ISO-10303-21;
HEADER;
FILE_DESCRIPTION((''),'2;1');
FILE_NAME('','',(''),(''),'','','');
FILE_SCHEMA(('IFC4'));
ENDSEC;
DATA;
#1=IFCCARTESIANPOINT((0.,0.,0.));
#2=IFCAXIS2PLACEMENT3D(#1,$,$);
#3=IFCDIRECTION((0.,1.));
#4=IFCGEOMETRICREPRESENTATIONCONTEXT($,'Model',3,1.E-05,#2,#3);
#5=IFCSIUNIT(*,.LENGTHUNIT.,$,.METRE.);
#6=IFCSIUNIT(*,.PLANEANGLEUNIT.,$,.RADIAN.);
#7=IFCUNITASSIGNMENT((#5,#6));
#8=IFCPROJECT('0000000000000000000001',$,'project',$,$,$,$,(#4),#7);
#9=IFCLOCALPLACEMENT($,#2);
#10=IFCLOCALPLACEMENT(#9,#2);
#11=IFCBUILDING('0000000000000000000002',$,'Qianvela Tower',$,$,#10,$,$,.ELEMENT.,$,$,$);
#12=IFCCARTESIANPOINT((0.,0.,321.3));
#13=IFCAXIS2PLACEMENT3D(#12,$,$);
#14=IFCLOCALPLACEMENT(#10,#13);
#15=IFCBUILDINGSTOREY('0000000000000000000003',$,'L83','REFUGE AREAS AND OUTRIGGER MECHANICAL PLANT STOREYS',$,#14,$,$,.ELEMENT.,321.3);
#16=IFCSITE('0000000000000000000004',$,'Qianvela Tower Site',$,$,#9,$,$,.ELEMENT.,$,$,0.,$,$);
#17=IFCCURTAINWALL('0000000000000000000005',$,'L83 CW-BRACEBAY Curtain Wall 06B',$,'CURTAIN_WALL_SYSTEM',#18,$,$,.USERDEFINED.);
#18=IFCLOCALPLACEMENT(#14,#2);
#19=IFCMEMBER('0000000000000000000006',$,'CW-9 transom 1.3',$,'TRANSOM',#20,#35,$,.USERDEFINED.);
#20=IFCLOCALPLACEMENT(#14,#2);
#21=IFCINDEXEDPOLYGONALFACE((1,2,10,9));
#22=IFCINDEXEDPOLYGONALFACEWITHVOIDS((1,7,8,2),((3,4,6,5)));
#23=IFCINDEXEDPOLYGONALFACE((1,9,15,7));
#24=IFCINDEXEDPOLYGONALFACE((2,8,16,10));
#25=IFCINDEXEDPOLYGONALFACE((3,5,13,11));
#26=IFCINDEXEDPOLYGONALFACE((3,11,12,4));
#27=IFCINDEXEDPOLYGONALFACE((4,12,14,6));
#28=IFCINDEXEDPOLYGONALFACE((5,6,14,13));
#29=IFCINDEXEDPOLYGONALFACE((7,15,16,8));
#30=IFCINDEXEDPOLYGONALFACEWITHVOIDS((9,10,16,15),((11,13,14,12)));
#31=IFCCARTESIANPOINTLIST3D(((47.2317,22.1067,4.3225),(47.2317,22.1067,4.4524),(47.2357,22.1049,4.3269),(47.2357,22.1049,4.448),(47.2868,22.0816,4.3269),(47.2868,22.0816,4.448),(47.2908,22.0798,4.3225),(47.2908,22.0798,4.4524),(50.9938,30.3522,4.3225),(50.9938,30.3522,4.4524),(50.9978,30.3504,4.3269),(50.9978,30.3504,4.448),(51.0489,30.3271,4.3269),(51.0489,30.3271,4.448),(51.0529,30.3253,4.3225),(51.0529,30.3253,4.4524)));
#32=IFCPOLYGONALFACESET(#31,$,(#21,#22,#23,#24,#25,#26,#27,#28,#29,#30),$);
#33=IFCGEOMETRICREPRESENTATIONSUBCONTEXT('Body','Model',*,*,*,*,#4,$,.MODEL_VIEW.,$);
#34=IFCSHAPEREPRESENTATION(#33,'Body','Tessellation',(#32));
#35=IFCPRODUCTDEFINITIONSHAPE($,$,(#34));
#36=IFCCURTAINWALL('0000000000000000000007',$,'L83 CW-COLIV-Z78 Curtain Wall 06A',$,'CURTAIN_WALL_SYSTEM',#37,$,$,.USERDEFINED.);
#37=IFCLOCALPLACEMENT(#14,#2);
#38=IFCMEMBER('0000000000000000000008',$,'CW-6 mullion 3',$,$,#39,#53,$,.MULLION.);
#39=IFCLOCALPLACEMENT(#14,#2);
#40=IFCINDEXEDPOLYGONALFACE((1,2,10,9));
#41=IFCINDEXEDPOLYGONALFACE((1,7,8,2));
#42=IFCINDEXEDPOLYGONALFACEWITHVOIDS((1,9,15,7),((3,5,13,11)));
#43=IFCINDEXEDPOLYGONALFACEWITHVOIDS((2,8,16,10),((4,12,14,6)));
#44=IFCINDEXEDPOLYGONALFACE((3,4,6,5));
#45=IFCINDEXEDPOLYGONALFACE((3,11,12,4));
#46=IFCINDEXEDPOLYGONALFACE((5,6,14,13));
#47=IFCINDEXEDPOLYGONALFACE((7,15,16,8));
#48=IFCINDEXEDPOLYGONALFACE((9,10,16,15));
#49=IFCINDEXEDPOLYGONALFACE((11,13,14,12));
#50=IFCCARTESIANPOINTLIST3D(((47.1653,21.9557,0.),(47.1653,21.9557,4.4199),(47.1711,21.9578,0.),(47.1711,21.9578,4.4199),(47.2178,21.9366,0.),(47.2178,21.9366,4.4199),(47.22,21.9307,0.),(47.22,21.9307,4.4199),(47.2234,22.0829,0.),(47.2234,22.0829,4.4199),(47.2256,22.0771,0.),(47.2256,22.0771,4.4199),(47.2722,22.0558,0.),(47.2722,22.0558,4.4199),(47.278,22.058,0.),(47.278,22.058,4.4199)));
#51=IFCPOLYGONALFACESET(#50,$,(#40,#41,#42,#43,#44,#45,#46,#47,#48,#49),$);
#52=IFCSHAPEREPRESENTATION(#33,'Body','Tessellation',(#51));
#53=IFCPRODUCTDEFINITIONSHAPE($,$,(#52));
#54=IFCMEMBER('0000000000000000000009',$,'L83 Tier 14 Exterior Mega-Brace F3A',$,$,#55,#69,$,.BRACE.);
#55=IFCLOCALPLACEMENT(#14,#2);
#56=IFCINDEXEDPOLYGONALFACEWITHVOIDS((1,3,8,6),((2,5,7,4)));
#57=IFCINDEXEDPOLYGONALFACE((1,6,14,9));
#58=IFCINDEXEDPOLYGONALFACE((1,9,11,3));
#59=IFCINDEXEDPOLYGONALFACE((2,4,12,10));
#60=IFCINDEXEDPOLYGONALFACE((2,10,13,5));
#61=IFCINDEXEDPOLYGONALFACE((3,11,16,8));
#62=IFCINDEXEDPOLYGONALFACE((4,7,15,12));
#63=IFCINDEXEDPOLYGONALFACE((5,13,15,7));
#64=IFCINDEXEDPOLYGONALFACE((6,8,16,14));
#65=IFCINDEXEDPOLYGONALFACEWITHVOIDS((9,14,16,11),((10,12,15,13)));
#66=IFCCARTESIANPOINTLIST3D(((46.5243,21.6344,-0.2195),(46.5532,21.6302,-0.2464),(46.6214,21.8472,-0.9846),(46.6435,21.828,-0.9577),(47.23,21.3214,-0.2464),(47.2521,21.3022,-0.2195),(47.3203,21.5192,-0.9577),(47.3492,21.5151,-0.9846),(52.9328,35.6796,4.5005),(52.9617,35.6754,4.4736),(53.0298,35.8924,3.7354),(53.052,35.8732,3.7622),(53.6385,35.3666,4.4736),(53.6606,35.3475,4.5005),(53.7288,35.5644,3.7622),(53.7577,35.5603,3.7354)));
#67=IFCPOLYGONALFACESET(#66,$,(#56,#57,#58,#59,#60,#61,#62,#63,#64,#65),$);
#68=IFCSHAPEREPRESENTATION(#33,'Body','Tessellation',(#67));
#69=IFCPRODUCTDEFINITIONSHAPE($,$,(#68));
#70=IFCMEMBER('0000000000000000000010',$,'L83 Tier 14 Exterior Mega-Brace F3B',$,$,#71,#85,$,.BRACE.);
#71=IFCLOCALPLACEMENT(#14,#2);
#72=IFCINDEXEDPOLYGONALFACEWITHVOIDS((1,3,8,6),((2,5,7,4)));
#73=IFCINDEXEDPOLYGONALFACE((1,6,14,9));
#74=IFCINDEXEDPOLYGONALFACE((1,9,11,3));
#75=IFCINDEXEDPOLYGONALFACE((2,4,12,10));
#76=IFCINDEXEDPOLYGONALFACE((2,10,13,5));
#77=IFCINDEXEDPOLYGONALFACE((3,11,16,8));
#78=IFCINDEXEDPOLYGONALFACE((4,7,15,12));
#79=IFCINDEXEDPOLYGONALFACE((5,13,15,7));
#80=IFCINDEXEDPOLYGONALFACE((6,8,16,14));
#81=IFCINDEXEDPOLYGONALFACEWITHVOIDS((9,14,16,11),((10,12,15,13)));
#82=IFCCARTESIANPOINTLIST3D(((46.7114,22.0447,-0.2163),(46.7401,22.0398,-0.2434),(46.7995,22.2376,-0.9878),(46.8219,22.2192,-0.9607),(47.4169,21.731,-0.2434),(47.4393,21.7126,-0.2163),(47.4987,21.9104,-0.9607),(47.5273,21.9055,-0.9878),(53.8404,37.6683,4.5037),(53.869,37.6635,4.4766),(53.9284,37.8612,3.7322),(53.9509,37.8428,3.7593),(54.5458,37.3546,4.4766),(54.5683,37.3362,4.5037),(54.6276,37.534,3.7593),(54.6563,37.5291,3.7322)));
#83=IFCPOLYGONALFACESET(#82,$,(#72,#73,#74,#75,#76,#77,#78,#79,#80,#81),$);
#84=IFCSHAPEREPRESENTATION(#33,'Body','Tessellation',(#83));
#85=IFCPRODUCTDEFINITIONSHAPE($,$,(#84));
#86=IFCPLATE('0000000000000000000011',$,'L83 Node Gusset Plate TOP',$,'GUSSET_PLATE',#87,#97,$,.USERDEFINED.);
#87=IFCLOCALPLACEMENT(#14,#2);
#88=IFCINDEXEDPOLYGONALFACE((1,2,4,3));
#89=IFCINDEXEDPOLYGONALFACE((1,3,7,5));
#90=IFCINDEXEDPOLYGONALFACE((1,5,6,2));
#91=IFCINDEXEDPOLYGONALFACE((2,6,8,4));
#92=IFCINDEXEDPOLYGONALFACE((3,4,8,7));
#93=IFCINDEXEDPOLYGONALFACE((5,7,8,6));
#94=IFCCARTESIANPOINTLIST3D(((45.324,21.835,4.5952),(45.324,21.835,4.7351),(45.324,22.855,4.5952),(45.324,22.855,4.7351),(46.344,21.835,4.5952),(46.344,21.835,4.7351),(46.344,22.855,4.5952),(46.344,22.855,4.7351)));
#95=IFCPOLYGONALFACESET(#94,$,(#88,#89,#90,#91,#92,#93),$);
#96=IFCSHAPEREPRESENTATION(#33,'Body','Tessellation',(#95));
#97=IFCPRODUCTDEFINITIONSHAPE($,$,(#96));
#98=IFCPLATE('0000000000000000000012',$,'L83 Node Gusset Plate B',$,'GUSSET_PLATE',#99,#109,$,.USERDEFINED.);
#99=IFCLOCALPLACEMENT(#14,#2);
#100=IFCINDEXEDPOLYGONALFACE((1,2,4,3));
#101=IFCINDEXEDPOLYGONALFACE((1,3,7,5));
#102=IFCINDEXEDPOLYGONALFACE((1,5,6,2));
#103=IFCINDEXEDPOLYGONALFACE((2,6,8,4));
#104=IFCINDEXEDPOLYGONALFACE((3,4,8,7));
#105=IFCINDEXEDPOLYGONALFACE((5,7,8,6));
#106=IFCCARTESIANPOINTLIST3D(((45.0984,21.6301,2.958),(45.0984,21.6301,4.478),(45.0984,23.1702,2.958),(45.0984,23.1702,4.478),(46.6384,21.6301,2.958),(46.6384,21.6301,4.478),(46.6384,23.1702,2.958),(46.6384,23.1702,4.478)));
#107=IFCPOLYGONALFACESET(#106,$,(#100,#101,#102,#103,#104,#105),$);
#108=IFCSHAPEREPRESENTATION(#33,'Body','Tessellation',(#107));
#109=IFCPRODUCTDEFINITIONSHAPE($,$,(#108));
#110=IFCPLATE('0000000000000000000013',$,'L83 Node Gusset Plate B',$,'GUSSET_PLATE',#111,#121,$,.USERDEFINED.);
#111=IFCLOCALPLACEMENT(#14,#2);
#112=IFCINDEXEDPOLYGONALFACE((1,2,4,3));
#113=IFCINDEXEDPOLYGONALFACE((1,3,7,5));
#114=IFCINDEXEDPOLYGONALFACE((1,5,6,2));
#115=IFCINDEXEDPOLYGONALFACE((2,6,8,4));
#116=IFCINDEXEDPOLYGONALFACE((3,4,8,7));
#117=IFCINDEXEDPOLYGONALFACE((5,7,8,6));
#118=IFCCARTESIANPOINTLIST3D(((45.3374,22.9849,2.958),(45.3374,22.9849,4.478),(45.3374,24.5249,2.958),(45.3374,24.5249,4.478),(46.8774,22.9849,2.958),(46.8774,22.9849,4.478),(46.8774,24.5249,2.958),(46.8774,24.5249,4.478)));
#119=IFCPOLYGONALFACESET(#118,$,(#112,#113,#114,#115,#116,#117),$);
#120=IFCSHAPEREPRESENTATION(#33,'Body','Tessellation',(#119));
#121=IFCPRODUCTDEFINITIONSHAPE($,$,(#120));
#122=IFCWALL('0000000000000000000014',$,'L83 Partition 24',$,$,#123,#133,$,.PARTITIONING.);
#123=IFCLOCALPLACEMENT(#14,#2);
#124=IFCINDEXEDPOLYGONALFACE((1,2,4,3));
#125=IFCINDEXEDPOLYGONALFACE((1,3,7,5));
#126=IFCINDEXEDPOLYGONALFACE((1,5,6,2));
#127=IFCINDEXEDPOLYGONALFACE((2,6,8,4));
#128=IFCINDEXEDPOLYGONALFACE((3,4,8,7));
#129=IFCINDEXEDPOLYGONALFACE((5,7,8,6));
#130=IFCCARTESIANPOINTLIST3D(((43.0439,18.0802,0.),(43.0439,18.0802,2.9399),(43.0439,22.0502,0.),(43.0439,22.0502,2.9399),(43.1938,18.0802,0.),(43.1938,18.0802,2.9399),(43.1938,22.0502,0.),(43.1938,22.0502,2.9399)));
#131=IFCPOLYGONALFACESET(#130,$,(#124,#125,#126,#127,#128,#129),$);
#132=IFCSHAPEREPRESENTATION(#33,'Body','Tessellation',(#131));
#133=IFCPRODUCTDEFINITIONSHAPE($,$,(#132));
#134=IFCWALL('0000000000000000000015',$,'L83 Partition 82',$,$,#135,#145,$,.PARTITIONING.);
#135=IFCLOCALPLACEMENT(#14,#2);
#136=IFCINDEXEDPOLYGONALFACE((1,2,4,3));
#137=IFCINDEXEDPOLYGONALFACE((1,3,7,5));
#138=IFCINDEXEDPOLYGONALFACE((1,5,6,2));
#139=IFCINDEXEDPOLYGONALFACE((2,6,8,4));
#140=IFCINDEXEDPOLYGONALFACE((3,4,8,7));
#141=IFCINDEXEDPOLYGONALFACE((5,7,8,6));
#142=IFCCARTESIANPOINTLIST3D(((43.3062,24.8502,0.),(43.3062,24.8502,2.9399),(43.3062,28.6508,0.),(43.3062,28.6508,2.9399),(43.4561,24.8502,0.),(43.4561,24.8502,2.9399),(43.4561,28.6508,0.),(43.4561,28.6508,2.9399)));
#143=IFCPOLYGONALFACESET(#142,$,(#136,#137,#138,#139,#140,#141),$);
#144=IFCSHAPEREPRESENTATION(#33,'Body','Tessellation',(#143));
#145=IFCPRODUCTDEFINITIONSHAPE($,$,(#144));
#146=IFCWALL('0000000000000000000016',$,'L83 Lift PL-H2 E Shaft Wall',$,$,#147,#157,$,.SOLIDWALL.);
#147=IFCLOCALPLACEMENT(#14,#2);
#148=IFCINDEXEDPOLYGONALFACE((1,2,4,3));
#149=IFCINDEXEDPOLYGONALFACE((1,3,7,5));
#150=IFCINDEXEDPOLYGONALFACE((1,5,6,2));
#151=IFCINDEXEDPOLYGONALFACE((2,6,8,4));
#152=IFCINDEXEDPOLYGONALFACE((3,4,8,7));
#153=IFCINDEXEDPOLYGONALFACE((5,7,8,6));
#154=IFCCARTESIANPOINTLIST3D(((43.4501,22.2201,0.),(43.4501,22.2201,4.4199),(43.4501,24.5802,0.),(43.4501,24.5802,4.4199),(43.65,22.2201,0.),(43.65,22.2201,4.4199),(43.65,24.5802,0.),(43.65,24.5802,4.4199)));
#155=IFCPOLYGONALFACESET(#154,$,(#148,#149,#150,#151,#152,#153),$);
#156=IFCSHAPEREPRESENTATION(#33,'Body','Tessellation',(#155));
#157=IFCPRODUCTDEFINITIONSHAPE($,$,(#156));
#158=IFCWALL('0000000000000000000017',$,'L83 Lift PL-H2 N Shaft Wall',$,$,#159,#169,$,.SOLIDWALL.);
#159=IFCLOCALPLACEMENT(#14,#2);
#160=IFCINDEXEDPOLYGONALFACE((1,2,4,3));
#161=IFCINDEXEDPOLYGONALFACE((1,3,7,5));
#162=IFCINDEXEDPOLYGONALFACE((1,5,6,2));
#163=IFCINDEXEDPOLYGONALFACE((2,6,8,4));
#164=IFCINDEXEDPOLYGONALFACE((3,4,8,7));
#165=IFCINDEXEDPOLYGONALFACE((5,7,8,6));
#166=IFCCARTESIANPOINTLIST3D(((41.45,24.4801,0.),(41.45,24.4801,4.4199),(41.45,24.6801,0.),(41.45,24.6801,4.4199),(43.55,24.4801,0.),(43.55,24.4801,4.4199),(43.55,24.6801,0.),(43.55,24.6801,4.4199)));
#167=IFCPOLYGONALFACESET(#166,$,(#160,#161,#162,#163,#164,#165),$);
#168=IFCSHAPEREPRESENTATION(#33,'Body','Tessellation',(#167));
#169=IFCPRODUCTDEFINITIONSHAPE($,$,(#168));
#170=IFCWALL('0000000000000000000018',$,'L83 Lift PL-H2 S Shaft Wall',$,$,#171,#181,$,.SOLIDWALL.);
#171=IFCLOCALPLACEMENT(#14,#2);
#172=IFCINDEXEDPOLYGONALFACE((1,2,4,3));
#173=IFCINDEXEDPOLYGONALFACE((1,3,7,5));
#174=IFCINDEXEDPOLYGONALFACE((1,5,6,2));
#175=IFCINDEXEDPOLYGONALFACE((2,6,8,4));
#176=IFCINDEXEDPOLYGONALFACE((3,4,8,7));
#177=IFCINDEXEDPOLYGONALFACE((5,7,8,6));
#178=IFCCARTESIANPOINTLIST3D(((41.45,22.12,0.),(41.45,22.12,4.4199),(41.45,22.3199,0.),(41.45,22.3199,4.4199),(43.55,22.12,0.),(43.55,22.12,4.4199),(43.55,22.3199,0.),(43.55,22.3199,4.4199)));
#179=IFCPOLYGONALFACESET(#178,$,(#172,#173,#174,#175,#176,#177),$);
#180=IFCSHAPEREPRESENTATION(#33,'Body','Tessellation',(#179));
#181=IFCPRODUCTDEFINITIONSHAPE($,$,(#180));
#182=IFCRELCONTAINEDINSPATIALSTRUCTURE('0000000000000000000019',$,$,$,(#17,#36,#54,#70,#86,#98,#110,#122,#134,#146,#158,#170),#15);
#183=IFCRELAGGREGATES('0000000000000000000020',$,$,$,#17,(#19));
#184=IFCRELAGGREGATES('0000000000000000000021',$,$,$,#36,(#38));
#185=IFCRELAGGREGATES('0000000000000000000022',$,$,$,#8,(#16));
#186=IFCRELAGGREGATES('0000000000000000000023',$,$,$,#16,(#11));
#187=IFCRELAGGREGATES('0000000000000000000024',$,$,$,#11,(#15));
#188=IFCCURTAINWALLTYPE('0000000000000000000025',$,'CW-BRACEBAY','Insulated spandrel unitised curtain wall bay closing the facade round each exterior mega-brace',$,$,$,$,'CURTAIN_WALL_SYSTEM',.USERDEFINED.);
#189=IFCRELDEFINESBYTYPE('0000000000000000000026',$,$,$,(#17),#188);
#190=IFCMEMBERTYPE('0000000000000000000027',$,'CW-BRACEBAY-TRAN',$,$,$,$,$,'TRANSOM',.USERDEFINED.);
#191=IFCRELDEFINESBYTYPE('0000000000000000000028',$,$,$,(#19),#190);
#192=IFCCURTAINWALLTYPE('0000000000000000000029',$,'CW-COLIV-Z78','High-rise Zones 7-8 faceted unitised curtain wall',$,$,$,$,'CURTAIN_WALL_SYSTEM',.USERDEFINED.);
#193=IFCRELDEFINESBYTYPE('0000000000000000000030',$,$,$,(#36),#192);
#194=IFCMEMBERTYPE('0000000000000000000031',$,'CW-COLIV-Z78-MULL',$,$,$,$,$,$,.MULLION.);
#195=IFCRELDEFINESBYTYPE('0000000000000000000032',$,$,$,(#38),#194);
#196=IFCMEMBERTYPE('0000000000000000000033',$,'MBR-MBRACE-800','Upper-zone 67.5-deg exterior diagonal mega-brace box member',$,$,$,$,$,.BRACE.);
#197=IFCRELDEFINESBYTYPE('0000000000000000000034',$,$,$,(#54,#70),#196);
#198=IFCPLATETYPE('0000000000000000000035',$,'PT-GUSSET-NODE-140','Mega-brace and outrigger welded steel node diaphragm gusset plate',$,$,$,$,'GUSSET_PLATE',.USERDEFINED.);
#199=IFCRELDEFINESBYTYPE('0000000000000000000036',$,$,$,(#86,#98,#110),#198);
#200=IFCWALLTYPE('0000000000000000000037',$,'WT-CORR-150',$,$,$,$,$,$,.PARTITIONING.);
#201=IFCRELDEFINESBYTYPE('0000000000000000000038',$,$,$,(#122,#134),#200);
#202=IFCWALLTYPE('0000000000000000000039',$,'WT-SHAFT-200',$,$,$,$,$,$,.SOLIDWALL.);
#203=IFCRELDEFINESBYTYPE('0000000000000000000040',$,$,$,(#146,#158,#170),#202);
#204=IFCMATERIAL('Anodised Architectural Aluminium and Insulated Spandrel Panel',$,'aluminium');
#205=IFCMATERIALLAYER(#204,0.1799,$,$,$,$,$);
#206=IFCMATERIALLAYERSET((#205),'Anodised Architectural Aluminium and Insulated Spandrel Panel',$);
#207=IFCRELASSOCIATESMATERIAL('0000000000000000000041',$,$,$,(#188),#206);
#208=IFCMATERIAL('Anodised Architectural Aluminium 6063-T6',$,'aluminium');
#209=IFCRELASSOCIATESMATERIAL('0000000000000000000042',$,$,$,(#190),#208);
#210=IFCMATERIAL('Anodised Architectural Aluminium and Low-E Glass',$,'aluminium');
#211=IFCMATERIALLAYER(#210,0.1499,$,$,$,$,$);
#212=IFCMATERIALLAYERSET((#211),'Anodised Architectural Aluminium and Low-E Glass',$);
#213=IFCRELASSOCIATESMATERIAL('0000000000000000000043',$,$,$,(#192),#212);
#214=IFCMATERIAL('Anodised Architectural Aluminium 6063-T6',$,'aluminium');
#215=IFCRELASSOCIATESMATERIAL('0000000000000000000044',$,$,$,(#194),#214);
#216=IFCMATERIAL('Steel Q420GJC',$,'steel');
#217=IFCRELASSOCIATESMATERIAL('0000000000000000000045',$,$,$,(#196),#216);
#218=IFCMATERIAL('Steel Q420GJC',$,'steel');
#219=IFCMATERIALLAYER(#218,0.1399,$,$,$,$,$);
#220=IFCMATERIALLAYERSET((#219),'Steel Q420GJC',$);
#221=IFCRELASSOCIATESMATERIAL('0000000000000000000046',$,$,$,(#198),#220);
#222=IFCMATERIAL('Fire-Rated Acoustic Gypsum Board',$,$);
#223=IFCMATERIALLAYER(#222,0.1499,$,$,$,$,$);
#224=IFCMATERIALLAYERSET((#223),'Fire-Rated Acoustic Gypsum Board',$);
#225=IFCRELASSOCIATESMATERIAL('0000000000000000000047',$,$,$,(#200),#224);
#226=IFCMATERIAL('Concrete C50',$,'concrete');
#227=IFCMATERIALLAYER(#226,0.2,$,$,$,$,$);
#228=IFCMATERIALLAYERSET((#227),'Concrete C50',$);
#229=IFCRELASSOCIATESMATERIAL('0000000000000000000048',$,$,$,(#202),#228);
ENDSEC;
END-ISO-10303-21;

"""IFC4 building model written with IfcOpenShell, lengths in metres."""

from ifc_helpers import new_model, si_unit, direction, frame, frame_2d, origin, origin_2d, place, context, subcontext, project, spatial, rectangle, hollow_rectangle, extrude, material, layer, layer_set, material_profile, profile_set, type_object, element, aggregate, save


model = new_model("IFC4")

# Units and contexts
model_context = context("Model", 3, precision=1e-05, world=origin(), true_north=direction((0.0, 1.0)))
body_context = subcontext(model_context, "Body", "Model", "MODEL_VIEW")
ifc_project = project(units=[si_unit("LENGTHUNIT", "METRE"), si_unit("PLANEANGLEUNIT", "RADIAN")], contexts=[model_context])

# Site, building, storey
site_placement = place(None, origin())
site = spatial("IfcSite", under=ifc_project, at=site_placement, Name="Qianvela Tower Site", CompositionType="ELEMENT", RefElevation=0.0)
building_placement = place(site_placement, origin())
building = spatial("IfcBuilding", under=site, at=building_placement, Name="Qianvela Tower", CompositionType="ELEMENT")
storey_placement = place(building_placement, frame((0.0, 0.0, 321.3)))
storey = spatial("IfcBuildingStorey", under=building, at=storey_placement, Name="L83", Description="REFUGE AREAS AND OUTRIGGER MECHANICAL PLANT STOREYS", CompositionType="ELEMENT", Elevation=321.3)

# Curtain wall, member
ifc_material_1 = material(Name="Anodised Architectural Aluminium and Insulated Spandrel Panel", Category="aluminium")
ifc_layer_1 = layer(ifc_material_1, 0.1799)
ifc_layer_set_1 = layer_set([ifc_layer_1], Name="Anodised Architectural Aluminium and Insulated Spandrel Panel")
curtain_wall_type_1 = type_object("IfcCurtainWallType", Name="CW-BRACEBAY", Description="Insulated spandrel unitised curtain wall bay closing the facade round each exterior mega-brace", ElementType="CURTAIN_WALL_SYSTEM", PredefinedType="USERDEFINED", material=ifc_layer_set_1)
curtain_wall_1_placement = place(storey_placement, origin())
curtain_wall_1 = element("IfcCurtainWall", 1, at=curtain_wall_1_placement, inside=storey, type_object=curtain_wall_type_1, Name="L83 CW-BRACEBAY Curtain Wall 06B", ObjectType="CURTAIN_WALL_SYSTEM", PredefinedType="USERDEFINED")
ifc_material_2 = material(Name="Anodised Architectural Aluminium 6063-T6", Category="aluminium")
ifc_material_profile_1 = material_profile(ifc_material_2, hollow_rectangle(XDim=0.0649, YDim=0.1299, WallThickness=0.0044, at=origin_2d()), Name="ALU-TRAN-65x130")
ifc_profile_set_1 = profile_set([ifc_material_profile_1], Name="Anodised Architectural Aluminium 6063-T6")
member_type_1 = type_object("IfcMemberType", Name="CW-BRACEBAY-TRAN", ElementType="TRANSOM", PredefinedType="USERDEFINED", material=ifc_profile_set_1)
member_1_placement = place(storey_placement, frame((47.2612, 22.0933, 4.3875), z_axis=(0.415101, 0.909775, 0.0), x_axis=(-0.909775, 0.415101, 0.0)))
member_1 = element("IfcMember", 2, at=member_1_placement, type_object=member_type_1, Name="CW-9 transom 1.3", ObjectType="TRANSOM", PredefinedType="USERDEFINED", context=body_context, shape_type="SweptSolid", body=[
    extrude(hollow_rectangle(XDim=0.0649, YDim=0.1299, WallThickness=0.0044, at=origin_2d()), origin(), (0.0, 0.0, 1.0), 9.0632),
])
aggregate(curtain_wall_1, [member_1])

# Curtain wall, member
ifc_material_3 = material(Name="Anodised Architectural Aluminium and Low-E Glass", Category="aluminium")
ifc_layer_2 = layer(ifc_material_3, 0.1499)
ifc_layer_set_2 = layer_set([ifc_layer_2], Name="Anodised Architectural Aluminium and Low-E Glass")
curtain_wall_type_2 = type_object("IfcCurtainWallType", Name="CW-COLIV-Z78", Description="High-rise Zones 7-8 faceted unitised curtain wall", ElementType="CURTAIN_WALL_SYSTEM", PredefinedType="USERDEFINED", material=ifc_layer_set_2)
curtain_wall_2_placement = place(storey_placement, origin())
curtain_wall_2 = element("IfcCurtainWall", 3, at=curtain_wall_2_placement, inside=storey, type_object=curtain_wall_type_2, Name="L83 CW-COLIV-Z78 Curtain Wall 06A", ObjectType="CURTAIN_WALL_SYSTEM", PredefinedType="USERDEFINED")
ifc_material_4 = material(Name="Anodised Architectural Aluminium 6063-T6", Category="aluminium")
ifc_material_profile_2 = material_profile(ifc_material_4, hollow_rectangle(XDim=0.0601, YDim=0.1399, WallThickness=0.0044, at=origin_2d()), Name="ALU-MULL-60x140")
ifc_profile_set_2 = profile_set([ifc_material_profile_2], Name="Anodised Architectural Aluminium 6063-T6")
member_type_2 = type_object("IfcMemberType", Name="CW-COLIV-Z78-MULL", PredefinedType="MULLION", material=ifc_profile_set_2)
member_2_placement = place(storey_placement, frame((47.2217, 22.0068, 0.0), z_axis=(0.0, 0.0, 1.0), x_axis=(-0.909767, 0.41512, 0.0)))
member_2 = element("IfcMember", 4, at=member_2_placement, type_object=member_type_2, Name="CW-6 mullion 3", PredefinedType="MULLION", context=body_context, shape_type="SweptSolid", body=[
    extrude(hollow_rectangle(XDim=0.0601, YDim=0.1399, WallThickness=0.0044, at=origin_2d()), origin(), (0.0, 0.0, 1.0), 4.4199),
])
aggregate(curtain_wall_2, [member_2])

# Members
ifc_material_5 = material(Name="Steel Q420GJC", Category="steel")
ifc_material_profile_3 = material_profile(ifc_material_5, hollow_rectangle(XDim=0.8, YDim=0.8, WallThickness=0.0281, at=origin_2d()), Name="MBOX-800x800x28")
ifc_profile_set_3 = profile_set([ifc_material_profile_3], Name="Steel Q420GJC")
member_type_3 = type_object("IfcMemberType", Name="MBR-MBRACE-800", Description="Upper-zone 67.5-deg exterior diagonal mega-brace box member", PredefinedType="BRACE", material=ifc_profile_set_3)
member_3_placement = place(storey_placement, frame((46.9368, 21.5747, -0.6021), z_axis=(0.396967, 0.870019, 0.292376), x_axis=(-0.909773, 0.415106, 0.0)))
element("IfcMember", 5, at=member_3_placement, inside=storey, type_object=member_type_3, Name="L83 Tier 14 Exterior Mega-Brace F3A", PredefinedType="BRACE", context=body_context, shape_type="SweptSolid", body=[
    extrude(hollow_rectangle(XDim=0.8, YDim=0.8, WallThickness=0.0281, at=origin_2d()), origin(), (0.0, 0.0, 1.0), 16.1436),
])
member_4_placement = place(storey_placement, frame((47.1194, 21.9751, -0.6021), z_axis=(0.400277, 0.877236, 0.265019), x_axis=(-0.909767, 0.41512, 0.0)))
element("IfcMember", 6, at=member_4_placement, inside=storey, type_object=member_type_3, Name="L83 Tier 14 Exterior Mega-Brace F3B", PredefinedType="BRACE", context=body_context, shape_type="SweptSolid", body=[
    extrude(hollow_rectangle(XDim=0.8, YDim=0.8, WallThickness=0.0281, at=origin_2d()), origin(), (0.0, 0.0, 1.0), 17.8101),
])

# Plates
ifc_material_6 = material(Name="Steel Q420GJC", Category="steel")
ifc_layer_3 = layer(ifc_material_6, 0.1399)
ifc_layer_set_3 = layer_set([ifc_layer_3], Name="Steel Q420GJC")
plate_type = type_object("IfcPlateType", Name="PT-GUSSET-NODE-140", Description="Mega-brace and outrigger welded steel node diaphragm gusset plate", ElementType="GUSSET_PLATE", PredefinedType="USERDEFINED", material=ifc_layer_set_3)
plate_placement = place(storey_placement, frame((45.834, 22.345, 4.5952), z_axis=(0.0, 0.0, 1.0), x_axis=(1.0, 0.0, 0.0)))
element("IfcPlate", 7, at=plate_placement, inside=storey, type_object=plate_type, Name="L83 Node Gusset Plate TOP", ObjectType="GUSSET_PLATE", PredefinedType="USERDEFINED", context=body_context, shape_type="SweptSolid", body=[
    extrude(rectangle(XDim=1.02, YDim=1.02, at=origin_2d()), origin(), (0.0, 0.0, 1.0), 0.1399),
])
for number, where, z_axis, x_axis, name in (
    (8, (45.8684, 22.4001, 2.958), (0.0, 0.0, 1.0), (1.0, 0.0, 0.0), "L83 Node Gusset Plate B"),
    (9, (46.1074, 23.7549, 2.958), (0.0, 0.0, 1.0), (1.0, 0.0, 0.0), "L83 Node Gusset Plate B"),
):
    element("IfcPlate", number, at=place(storey_placement, frame(where, z_axis=z_axis, x_axis=x_axis)), inside=storey, type_object=plate_type, Name=name, ObjectType="GUSSET_PLATE", PredefinedType="USERDEFINED", context=body_context, shape_type="SweptSolid", body=[
        extrude(rectangle(XDim=1.54, YDim=1.54, at=origin_2d()), origin(), (0.0, 0.0, 1.0), 1.52),
    ])

# Walls
ifc_material_7 = material(Name="Fire-Rated Acoustic Gypsum Board")
ifc_layer_4 = layer(ifc_material_7, 0.1499)
ifc_layer_set_4 = layer_set([ifc_layer_4], Name="Fire-Rated Acoustic Gypsum Board")
wall_type_1 = type_object("IfcWallType", Name="WT-CORR-150", PredefinedType="PARTITIONING", material=ifc_layer_set_4)
wall_1_placement = place(storey_placement, frame((43.1189, 22.05, 0.0), z_axis=(0.0, 0.0, 1.0), x_axis=(0.0, -1.0, 0.0)))
element("IfcWall", 10, at=wall_1_placement, inside=storey, type_object=wall_type_1, Name="L83 Partition 24", PredefinedType="PARTITIONING", context=body_context, shape_type="SweptSolid", body=[
    extrude(rectangle(XDim=3.97, YDim=0.1499, at=frame_2d((1.9849, 0.0))), origin(), (0.0, 0.0, 1.0), 2.9399),
])
wall_2_placement = place(storey_placement, frame((43.3811, 24.8501, 0.0), z_axis=(0.0, 0.0, 1.0), x_axis=(0.0, 1.0, 0.0)))
element("IfcWall", 11, at=wall_2_placement, inside=storey, type_object=wall_type_1, Name="L83 Partition 82", PredefinedType="PARTITIONING", context=body_context, shape_type="SweptSolid", body=[
    extrude(rectangle(XDim=3.8005, YDim=0.1499, at=frame_2d((1.9004, 0.0))), origin(), (0.0, 0.0, 1.0), 2.9399),
])
ifc_material_8 = material(Name="Concrete C50", Category="concrete")
ifc_layer_5 = layer(ifc_material_8, 0.2)
ifc_layer_set_5 = layer_set([ifc_layer_5], Name="Concrete C50")
wall_type_2 = type_object("IfcWallType", Name="WT-SHAFT-200", PredefinedType="SOLIDWALL", material=ifc_layer_set_5)
wall_3_placement = place(storey_placement, frame((43.55, 22.22, 0.0), z_axis=(0.0, 0.0, 1.0), x_axis=(0.0, 1.0, 0.0)))
element("IfcWall", 12, at=wall_3_placement, inside=storey, type_object=wall_type_2, Name="L83 Lift PL-H2 E Shaft Wall", PredefinedType="SOLIDWALL", context=body_context, shape_type="SweptSolid", body=[
    extrude(rectangle(XDim=2.3601, YDim=0.2, at=frame_2d((1.1802, 0.0))), origin(), (0.0, 0.0, 1.0), 4.4199),
])

# Walls
for number, where, z_axis, x_axis, name in (
    (13, (41.45, 24.5801, 0.0), (0.0, 0.0, 1.0), (1.0, 0.0, 0.0), "L83 Lift PL-H2 N Shaft Wall"),
    (14, (41.45, 22.22, 0.0), (0.0, 0.0, 1.0), (1.0, 0.0, 0.0), "L83 Lift PL-H2 S Shaft Wall"),
):
    element("IfcWall", number, at=place(storey_placement, frame(where, z_axis=z_axis, x_axis=x_axis)), inside=storey, type_object=wall_type_2, Name=name, PredefinedType="SOLIDWALL", context=body_context, shape_type="SweptSolid", body=[
        extrude(rectangle(XDim=2.1001, YDim=0.2, at=frame_2d((1.05, 0.0))), origin(), (0.0, 0.0, 1.0), 4.4199),
    ])

save(model, "model.ifc")
